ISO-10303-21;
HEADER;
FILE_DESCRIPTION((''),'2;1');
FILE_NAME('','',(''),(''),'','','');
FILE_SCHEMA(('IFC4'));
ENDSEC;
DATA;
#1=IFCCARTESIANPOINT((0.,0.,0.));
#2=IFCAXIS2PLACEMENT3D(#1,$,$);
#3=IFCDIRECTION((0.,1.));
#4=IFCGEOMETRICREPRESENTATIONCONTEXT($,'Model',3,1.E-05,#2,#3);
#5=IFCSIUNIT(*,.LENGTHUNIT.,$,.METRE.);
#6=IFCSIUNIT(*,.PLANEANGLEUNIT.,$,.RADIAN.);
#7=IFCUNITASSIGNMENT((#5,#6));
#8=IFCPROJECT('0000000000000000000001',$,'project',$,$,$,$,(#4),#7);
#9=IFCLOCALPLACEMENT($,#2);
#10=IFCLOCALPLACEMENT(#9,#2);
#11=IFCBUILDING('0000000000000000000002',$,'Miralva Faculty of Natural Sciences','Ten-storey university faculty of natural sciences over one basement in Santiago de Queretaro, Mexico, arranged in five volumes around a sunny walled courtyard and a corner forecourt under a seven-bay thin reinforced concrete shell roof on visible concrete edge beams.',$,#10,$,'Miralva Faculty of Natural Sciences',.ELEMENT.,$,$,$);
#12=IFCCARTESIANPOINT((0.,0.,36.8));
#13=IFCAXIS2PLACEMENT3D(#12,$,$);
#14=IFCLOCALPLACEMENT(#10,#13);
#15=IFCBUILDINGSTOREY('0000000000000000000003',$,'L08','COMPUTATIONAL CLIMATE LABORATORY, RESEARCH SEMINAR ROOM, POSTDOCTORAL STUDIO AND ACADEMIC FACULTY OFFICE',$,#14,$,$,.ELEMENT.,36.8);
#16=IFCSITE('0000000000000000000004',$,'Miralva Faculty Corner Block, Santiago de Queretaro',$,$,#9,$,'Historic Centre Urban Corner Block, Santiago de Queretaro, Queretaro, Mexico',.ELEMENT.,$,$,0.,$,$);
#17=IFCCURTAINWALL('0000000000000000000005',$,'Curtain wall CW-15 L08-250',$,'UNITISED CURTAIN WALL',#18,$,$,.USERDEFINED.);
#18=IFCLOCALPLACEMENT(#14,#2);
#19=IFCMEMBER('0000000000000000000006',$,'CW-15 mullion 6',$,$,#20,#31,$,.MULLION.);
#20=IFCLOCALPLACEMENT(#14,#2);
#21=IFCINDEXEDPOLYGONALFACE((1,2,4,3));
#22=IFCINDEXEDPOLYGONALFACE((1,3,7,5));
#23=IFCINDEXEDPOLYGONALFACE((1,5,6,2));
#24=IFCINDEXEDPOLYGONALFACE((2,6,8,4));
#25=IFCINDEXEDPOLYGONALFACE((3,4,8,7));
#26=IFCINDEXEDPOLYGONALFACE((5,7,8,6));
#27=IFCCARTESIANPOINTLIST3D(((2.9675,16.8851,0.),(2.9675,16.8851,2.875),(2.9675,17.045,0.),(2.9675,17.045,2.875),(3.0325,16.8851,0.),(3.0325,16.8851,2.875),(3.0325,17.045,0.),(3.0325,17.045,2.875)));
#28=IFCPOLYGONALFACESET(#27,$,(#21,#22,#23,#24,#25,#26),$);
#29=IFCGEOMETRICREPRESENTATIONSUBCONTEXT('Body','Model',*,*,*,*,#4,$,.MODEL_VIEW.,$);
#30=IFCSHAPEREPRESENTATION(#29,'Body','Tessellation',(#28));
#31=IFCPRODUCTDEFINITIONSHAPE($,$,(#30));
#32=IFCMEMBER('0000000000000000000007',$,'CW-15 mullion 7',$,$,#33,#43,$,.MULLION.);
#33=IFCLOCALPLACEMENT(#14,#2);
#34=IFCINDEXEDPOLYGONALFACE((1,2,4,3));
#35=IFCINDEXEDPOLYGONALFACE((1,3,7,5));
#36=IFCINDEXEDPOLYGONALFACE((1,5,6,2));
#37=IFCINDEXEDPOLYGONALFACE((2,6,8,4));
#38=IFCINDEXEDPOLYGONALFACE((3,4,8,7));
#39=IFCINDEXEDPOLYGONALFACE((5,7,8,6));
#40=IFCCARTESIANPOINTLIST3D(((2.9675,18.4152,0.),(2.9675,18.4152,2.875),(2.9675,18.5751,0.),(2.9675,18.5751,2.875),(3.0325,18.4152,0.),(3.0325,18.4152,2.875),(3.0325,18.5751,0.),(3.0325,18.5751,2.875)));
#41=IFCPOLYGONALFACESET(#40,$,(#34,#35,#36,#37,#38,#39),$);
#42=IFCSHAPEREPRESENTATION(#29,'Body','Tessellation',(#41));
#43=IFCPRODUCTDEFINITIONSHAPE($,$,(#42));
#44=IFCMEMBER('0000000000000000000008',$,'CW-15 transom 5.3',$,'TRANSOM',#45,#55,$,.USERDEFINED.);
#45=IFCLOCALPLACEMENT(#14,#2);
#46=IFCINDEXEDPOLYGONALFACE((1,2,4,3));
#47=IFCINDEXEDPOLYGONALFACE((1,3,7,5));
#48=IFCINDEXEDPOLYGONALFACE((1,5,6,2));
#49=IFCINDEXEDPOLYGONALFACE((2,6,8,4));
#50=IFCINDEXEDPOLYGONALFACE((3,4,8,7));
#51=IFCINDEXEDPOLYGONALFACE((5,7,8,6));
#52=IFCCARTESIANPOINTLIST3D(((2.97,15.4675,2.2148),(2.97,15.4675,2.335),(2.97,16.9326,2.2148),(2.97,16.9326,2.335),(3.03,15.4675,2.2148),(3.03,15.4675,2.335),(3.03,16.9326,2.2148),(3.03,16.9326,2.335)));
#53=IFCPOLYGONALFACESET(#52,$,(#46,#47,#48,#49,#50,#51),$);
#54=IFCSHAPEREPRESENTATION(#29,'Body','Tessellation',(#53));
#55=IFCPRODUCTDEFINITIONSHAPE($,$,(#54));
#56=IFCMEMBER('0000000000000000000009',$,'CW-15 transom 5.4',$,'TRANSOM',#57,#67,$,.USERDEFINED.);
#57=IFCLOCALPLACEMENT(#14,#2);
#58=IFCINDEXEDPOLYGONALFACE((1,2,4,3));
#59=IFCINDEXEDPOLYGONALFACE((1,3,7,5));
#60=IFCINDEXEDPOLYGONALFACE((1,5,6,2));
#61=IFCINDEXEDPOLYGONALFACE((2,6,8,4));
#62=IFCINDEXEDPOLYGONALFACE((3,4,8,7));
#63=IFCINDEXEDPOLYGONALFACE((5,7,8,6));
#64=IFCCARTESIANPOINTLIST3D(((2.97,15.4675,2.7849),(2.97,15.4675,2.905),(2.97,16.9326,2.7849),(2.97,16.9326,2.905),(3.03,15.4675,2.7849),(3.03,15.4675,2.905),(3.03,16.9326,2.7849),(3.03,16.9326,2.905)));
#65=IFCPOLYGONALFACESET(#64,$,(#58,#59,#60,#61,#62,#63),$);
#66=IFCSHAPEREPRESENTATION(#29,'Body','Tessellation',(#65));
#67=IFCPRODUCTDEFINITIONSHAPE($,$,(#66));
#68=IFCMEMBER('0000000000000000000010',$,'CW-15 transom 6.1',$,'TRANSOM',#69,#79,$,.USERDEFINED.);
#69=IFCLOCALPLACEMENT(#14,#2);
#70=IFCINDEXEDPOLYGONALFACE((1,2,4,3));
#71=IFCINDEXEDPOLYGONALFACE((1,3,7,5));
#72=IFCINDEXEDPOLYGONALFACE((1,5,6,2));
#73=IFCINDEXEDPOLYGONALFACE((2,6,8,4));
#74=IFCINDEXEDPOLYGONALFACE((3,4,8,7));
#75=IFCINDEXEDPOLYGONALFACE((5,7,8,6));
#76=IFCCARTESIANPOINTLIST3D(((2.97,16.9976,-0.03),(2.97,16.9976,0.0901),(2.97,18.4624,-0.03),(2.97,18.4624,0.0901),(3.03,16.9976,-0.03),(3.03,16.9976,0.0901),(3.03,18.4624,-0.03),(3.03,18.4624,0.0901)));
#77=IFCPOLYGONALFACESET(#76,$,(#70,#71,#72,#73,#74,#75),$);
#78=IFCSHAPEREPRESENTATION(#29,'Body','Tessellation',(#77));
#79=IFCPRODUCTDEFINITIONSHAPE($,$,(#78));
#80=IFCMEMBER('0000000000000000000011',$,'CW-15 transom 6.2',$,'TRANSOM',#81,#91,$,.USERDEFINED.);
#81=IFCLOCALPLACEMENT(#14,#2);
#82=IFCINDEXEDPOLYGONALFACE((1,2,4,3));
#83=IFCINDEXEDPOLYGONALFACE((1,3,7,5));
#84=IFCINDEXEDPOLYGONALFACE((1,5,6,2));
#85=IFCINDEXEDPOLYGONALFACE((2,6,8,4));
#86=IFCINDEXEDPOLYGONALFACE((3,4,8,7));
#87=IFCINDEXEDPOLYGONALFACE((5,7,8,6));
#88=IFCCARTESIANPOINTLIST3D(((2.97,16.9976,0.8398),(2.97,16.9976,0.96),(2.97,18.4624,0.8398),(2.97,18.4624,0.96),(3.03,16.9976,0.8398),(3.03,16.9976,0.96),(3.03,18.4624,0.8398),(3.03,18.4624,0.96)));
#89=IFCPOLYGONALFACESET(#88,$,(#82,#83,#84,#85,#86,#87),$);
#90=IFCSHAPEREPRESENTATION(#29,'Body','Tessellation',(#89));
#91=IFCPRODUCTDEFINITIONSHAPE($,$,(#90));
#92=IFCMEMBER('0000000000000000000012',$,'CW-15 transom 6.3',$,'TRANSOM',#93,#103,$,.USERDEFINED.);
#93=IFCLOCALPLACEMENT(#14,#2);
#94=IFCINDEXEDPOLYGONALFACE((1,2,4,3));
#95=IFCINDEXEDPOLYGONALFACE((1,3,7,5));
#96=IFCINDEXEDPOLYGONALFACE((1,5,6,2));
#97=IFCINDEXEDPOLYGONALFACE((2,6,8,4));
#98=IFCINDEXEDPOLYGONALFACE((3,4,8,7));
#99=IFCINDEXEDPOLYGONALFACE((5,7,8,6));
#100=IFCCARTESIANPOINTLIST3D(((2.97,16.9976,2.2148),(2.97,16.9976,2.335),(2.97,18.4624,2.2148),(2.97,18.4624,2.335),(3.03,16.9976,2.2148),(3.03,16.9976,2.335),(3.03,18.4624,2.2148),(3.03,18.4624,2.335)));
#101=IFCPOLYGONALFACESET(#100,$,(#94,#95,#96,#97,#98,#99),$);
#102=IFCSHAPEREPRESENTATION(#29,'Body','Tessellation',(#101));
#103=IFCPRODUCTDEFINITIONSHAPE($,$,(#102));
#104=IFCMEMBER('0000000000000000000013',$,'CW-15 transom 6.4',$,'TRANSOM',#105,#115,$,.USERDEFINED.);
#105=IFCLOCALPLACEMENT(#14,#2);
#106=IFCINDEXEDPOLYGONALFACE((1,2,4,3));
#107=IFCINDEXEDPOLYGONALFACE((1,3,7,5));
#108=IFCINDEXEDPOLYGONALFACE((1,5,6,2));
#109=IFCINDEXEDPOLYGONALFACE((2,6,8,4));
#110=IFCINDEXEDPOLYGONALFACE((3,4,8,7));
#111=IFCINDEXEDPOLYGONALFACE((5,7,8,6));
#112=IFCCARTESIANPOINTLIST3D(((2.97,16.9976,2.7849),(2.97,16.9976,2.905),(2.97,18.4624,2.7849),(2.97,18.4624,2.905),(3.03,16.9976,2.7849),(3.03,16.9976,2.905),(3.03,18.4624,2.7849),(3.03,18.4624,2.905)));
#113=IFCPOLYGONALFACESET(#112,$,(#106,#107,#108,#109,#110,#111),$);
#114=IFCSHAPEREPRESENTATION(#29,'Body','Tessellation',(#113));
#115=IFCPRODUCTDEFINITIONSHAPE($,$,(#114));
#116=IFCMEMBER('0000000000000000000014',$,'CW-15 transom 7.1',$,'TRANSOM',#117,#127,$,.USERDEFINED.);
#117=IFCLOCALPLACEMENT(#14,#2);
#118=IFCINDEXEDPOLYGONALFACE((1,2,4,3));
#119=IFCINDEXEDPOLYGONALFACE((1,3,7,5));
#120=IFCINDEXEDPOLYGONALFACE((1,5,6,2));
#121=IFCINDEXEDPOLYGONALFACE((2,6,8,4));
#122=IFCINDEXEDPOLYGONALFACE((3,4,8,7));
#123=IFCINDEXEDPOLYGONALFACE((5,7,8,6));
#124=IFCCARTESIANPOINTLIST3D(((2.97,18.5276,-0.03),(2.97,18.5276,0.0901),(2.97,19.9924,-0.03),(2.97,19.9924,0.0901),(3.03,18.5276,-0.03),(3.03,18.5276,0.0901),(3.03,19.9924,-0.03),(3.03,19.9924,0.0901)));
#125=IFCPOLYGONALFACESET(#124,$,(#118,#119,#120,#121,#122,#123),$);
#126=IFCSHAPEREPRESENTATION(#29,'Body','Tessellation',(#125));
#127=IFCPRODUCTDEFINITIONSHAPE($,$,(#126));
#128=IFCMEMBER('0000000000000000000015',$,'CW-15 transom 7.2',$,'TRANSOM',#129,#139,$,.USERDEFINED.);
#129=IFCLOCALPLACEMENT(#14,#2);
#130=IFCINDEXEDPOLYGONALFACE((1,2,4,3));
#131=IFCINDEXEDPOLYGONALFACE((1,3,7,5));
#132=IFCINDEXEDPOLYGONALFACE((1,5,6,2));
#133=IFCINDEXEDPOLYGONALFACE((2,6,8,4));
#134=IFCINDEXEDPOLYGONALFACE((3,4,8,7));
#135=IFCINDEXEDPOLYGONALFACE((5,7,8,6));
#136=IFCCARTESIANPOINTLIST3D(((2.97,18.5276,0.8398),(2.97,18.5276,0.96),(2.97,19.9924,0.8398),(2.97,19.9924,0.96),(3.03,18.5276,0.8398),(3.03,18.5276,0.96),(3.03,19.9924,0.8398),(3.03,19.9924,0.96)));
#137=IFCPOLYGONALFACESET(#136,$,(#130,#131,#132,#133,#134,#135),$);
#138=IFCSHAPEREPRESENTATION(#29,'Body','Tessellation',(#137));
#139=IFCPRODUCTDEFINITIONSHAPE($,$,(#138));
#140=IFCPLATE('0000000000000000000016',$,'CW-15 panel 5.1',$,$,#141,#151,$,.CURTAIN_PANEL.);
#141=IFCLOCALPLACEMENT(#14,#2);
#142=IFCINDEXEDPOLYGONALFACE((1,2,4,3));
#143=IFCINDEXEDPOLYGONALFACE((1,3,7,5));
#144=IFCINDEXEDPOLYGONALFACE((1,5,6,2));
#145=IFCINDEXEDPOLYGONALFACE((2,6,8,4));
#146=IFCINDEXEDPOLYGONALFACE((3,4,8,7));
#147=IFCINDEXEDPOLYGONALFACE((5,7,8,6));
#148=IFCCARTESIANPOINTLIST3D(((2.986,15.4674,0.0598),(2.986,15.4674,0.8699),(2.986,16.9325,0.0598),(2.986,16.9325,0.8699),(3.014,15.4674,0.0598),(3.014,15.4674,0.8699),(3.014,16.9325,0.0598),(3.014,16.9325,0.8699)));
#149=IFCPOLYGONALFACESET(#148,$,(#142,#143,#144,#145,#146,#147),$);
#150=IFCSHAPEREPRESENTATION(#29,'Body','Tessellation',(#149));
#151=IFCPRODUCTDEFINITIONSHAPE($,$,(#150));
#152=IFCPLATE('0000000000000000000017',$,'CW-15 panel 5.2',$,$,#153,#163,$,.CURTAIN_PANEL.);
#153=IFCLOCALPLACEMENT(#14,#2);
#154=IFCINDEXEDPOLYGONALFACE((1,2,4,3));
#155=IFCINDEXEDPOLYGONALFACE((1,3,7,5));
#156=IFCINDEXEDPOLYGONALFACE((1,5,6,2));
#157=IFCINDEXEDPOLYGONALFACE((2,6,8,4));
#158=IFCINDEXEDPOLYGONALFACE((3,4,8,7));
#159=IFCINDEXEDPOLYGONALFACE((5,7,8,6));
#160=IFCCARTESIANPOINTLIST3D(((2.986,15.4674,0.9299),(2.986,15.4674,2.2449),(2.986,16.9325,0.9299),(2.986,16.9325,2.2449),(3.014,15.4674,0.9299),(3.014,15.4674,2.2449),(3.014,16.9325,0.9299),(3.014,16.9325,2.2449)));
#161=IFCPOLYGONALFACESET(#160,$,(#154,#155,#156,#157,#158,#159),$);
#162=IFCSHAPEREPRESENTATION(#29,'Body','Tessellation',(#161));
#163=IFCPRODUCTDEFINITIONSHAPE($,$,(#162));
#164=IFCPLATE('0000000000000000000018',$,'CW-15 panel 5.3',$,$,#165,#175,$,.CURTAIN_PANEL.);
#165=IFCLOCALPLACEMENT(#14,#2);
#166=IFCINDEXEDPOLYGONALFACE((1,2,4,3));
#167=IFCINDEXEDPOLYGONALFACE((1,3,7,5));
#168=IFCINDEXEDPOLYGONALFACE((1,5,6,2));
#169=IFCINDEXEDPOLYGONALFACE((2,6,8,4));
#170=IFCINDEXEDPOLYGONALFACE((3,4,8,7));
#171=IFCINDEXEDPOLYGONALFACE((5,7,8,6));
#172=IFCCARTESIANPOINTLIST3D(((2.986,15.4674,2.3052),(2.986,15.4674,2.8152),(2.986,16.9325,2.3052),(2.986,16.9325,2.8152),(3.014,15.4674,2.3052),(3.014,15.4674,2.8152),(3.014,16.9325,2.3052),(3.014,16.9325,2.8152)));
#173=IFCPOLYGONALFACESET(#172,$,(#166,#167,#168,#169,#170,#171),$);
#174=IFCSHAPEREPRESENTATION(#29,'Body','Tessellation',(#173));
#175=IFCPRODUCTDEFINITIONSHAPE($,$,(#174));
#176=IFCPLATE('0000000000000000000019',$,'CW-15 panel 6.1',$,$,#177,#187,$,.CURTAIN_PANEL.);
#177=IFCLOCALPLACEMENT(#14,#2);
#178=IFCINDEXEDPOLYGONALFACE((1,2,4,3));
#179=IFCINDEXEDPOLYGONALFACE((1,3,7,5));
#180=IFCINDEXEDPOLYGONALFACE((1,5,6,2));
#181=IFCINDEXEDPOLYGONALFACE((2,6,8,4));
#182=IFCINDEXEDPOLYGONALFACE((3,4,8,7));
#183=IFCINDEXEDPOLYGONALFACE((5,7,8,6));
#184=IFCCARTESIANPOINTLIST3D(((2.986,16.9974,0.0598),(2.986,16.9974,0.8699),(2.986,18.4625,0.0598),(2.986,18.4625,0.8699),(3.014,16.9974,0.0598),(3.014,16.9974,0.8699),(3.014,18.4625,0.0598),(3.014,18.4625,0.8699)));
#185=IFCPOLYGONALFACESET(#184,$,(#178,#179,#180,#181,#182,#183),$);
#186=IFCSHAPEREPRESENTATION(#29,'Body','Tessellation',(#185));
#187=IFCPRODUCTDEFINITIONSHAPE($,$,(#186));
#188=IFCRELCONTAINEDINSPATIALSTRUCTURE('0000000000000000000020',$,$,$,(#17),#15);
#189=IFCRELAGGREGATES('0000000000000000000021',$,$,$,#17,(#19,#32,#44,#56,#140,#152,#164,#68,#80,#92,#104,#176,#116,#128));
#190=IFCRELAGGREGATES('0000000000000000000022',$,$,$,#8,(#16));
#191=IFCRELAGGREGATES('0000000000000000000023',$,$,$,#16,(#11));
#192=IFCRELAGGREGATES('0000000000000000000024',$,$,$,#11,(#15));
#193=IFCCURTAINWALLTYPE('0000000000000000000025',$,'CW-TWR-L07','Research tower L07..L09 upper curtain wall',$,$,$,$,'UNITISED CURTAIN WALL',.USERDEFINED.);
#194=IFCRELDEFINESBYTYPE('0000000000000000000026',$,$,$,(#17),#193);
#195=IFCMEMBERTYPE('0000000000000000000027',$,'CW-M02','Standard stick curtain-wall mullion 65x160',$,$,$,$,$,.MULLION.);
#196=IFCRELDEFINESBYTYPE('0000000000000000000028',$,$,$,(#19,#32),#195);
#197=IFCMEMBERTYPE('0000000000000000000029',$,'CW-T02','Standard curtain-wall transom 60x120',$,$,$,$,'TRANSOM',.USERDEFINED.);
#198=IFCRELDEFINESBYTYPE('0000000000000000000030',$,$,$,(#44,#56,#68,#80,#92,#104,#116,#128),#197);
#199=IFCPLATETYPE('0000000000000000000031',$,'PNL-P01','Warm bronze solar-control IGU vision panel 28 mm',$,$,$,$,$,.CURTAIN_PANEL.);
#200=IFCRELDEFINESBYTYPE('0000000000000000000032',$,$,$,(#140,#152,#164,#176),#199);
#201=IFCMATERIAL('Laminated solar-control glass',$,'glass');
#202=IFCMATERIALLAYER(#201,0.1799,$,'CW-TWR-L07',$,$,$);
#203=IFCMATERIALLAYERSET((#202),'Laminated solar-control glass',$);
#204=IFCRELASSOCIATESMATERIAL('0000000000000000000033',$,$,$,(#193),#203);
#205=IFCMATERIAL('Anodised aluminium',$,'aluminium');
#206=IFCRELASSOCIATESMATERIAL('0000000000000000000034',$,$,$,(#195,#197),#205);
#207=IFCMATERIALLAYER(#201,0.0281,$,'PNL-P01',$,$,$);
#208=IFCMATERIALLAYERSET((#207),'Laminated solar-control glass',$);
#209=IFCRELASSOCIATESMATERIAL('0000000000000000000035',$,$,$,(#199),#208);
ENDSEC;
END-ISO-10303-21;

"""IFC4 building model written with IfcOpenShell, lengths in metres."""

from ifc_helpers import new_model, si_unit, direction, frame, origin, origin_2d, place, context, subcontext, project, spatial, rectangle, extrude, material, layer, layer_set, material_profile, profile_set, type_object, element, aggregate, save


model = new_model("IFC4")

# Units and contexts
model_context = context("Model", 3, precision=1e-05, world=origin(), true_north=direction((0.0, 1.0)))
body_context = subcontext(model_context, "Body", "Model", "MODEL_VIEW")
ifc_project = project(units=[si_unit("LENGTHUNIT", "METRE"), si_unit("PLANEANGLEUNIT", "RADIAN")], contexts=[model_context])

# Site, building, storey
site_placement = place(None, origin())
site = spatial("IfcSite", under=ifc_project, at=site_placement, Name="Miralva Faculty Corner Block, Santiago de Queretaro", LongName="Historic Centre Urban Corner Block, Santiago de Queretaro, Queretaro, Mexico", CompositionType="ELEMENT", RefElevation=0.0)
building_placement = place(site_placement, origin())
building = spatial("IfcBuilding", under=site, at=building_placement, Name="Miralva Faculty of Natural Sciences", Description="Ten-storey university faculty of natural sciences over one basement in Santiago de Queretaro, Mexico, arranged in five volumes around a sunny walled courtyard and a corner forecourt under a seven-bay thin reinforced concrete shell roof on visible concrete edge beams.", LongName="Miralva Faculty of Natural Sciences", CompositionType="ELEMENT")
storey_placement = place(building_placement, frame((0.0, 0.0, 36.8)))
storey = spatial("IfcBuildingStorey", under=building, at=storey_placement, Name="L08", Description="COMPUTATIONAL CLIMATE LABORATORY, RESEARCH SEMINAR ROOM, POSTDOCTORAL STUDIO AND ACADEMIC FACULTY OFFICE", CompositionType="ELEMENT", Elevation=36.8)

# Curtain wall, members, plates
ifc_material_1 = material(Name="Laminated solar-control glass", Category="glass")
ifc_layer_1 = layer(ifc_material_1, 0.1799, Name="CW-TWR-L07")
ifc_layer_set_1 = layer_set([ifc_layer_1], Name="Laminated solar-control glass")
curtain_wall_type = type_object("IfcCurtainWallType", Name="CW-TWR-L07", Description="Research tower L07..L09 upper curtain wall", ElementType="UNITISED CURTAIN WALL", PredefinedType="USERDEFINED", material=ifc_layer_set_1)
curtain_wall_placement = place(storey_placement, origin())
curtain_wall = element("IfcCurtainWall", 1, at=curtain_wall_placement, inside=storey, type_object=curtain_wall_type, Name="Curtain wall CW-15 L08-250", ObjectType="UNITISED CURTAIN WALL", PredefinedType="USERDEFINED")
ifc_material_2 = material(Name="Anodised aluminium", Category="aluminium")
ifc_material_profile_1 = material_profile(ifc_material_2, rectangle(XDim=0.0649, YDim=0.1599, at=origin_2d()), Name="MULLION 65x160")
ifc_profile_set_1 = profile_set([ifc_material_profile_1], Name="Anodised aluminium")
member_type_1 = type_object("IfcMemberType", Name="CW-M02", Description="Standard stick curtain-wall mullion 65x160", PredefinedType="MULLION", material=ifc_profile_set_1)
member_1_placement = place(storey_placement, frame((3.0, 16.9651, 0.0), z_axis=(0.0, 0.0, 1.0), x_axis=(-1.0, 0.0, 0.0)))
member_1 = element("IfcMember", 2, at=member_1_placement, type_object=member_type_1, Name="CW-15 mullion 6", PredefinedType="MULLION", context=body_context, shape_type="SweptSolid", body=[
    extrude(rectangle(XDim=0.0649, YDim=0.1599, at=origin_2d()), origin(), (0.0, 0.0, 1.0), 2.875),
])
member_2_placement = place(storey_placement, frame((3.0, 18.4951, 0.0), z_axis=(0.0, 0.0, 1.0), x_axis=(-1.0, 0.0, 0.0)))
member_2 = element("IfcMember", 3, at=member_2_placement, type_object=member_type_1, Name="CW-15 mullion 7", PredefinedType="MULLION", context=body_context, shape_type="SweptSolid", body=[
    extrude(rectangle(XDim=0.0649, YDim=0.1599, at=origin_2d()), origin(), (0.0, 0.0, 1.0), 2.875),
])
ifc_material_profile_2 = material_profile(ifc_material_2, rectangle(XDim=0.0601, YDim=0.1201, at=origin_2d()), Name="TRANSOM 60x120")
ifc_profile_set_2 = profile_set([ifc_material_profile_2], Name="Anodised aluminium")
member_type_2 = type_object("IfcMemberType", Name="CW-T02", Description="Standard curtain-wall transom 60x120", ElementType="TRANSOM", PredefinedType="USERDEFINED", material=ifc_profile_set_2)
member_3_placement = place(storey_placement, frame((3.0, 15.4675, 2.2749), z_axis=(0.0, 1.0, 0.0), x_axis=(-1.0, 0.0, 0.0)))
member_3 = element("IfcMember", 4, at=member_3_placement, type_object=member_type_2, Name="CW-15 transom 5.3", ObjectType="TRANSOM", PredefinedType="USERDEFINED", context=body_context, shape_type="SweptSolid", body=[
    extrude(rectangle(XDim=0.0601, YDim=0.1201, at=origin_2d()), origin(), (0.0, 0.0, 1.0), 1.4651),
])
member_4_placement = place(storey_placement, frame((3.0, 15.4675, 2.845), z_axis=(0.0, 1.0, 0.0), x_axis=(-1.0, 0.0, 0.0)))
member_4 = element("IfcMember", 5, at=member_4_placement, type_object=member_type_2, Name="CW-15 transom 5.4", ObjectType="TRANSOM", PredefinedType="USERDEFINED", context=body_context, shape_type="SweptSolid", body=[
    extrude(rectangle(XDim=0.0601, YDim=0.1201, at=origin_2d()), origin(), (0.0, 0.0, 1.0), 1.4651),
])
member_5_placement = place(storey_placement, frame((3.0, 16.9976, 0.03), z_axis=(0.0, 1.0, 0.0), x_axis=(-1.0, 0.0, 0.0)))
member_5 = element("IfcMember", 6, at=member_5_placement, type_object=member_type_2, Name="CW-15 transom 6.1", ObjectType="TRANSOM", PredefinedType="USERDEFINED", context=body_context, shape_type="SweptSolid", body=[
    extrude(rectangle(XDim=0.0601, YDim=0.1201, at=origin_2d()), origin(), (0.0, 0.0, 1.0), 1.4648),
])
member_6_placement = place(storey_placement, frame((3.0, 16.9976, 0.8999), z_axis=(0.0, 1.0, 0.0), x_axis=(-1.0, 0.0, 0.0)))
member_6 = element("IfcMember", 7, at=member_6_placement, type_object=member_type_2, Name="CW-15 transom 6.2", ObjectType="TRANSOM", PredefinedType="USERDEFINED", context=body_context, shape_type="SweptSolid", body=[
    extrude(rectangle(XDim=0.0601, YDim=0.1201, at=origin_2d()), origin(), (0.0, 0.0, 1.0), 1.4648),
])
member_7_placement = place(storey_placement, frame((3.0, 16.9976, 2.2749), z_axis=(0.0, 1.0, 0.0), x_axis=(-1.0, 0.0, 0.0)))
member_7 = element("IfcMember", 8, at=member_7_placement, type_object=member_type_2, Name="CW-15 transom 6.3", ObjectType="TRANSOM", PredefinedType="USERDEFINED", context=body_context, shape_type="SweptSolid", body=[
    extrude(rectangle(XDim=0.0601, YDim=0.1201, at=origin_2d()), origin(), (0.0, 0.0, 1.0), 1.4648),
])
member_8_placement = place(storey_placement, frame((3.0, 16.9976, 2.845), z_axis=(0.0, 1.0, 0.0), x_axis=(-1.0, 0.0, 0.0)))
member_8 = element("IfcMember", 9, at=member_8_placement, type_object=member_type_2, Name="CW-15 transom 6.4", ObjectType="TRANSOM", PredefinedType="USERDEFINED", context=body_context, shape_type="SweptSolid", body=[
    extrude(rectangle(XDim=0.0601, YDim=0.1201, at=origin_2d()), origin(), (0.0, 0.0, 1.0), 1.4648),
])
member_9_placement = place(storey_placement, frame((3.0, 18.5276, 0.03), z_axis=(0.0, 1.0, 0.0), x_axis=(-1.0, 0.0, 0.0)))
member_9 = element("IfcMember", 10, at=member_9_placement, type_object=member_type_2, Name="CW-15 transom 7.1", ObjectType="TRANSOM", PredefinedType="USERDEFINED", context=body_context, shape_type="SweptSolid", body=[
    extrude(rectangle(XDim=0.0601, YDim=0.1201, at=origin_2d()), origin(), (0.0, 0.0, 1.0), 1.4648),
])
member_10_placement = place(storey_placement, frame((3.0, 18.5276, 0.8999), z_axis=(0.0, 1.0, 0.0), x_axis=(-1.0, 0.0, 0.0)))
member_10 = element("IfcMember", 11, at=member_10_placement, type_object=member_type_2, Name="CW-15 transom 7.2", ObjectType="TRANSOM", PredefinedType="USERDEFINED", context=body_context, shape_type="SweptSolid", body=[
    extrude(rectangle(XDim=0.0601, YDim=0.1201, at=origin_2d()), origin(), (0.0, 0.0, 1.0), 1.4648),
])
ifc_layer_2 = layer(ifc_material_1, 0.0281, Name="PNL-P01")
ifc_layer_set_2 = layer_set([ifc_layer_2], Name="Laminated solar-control glass")
plate_type = type_object("IfcPlateType", Name="PNL-P01", Description="Warm bronze solar-control IGU vision panel 28 mm", PredefinedType="CURTAIN_PANEL", material=ifc_layer_set_2)
plate_1_placement = place(storey_placement, frame((3.0, 16.2, 0.0598), z_axis=(0.0, 0.0, 1.0), x_axis=(0.0, 1.0, 0.0)))
plate_1 = element("IfcPlate", 12, at=plate_1_placement, type_object=plate_type, Name="CW-15 panel 5.1", PredefinedType="CURTAIN_PANEL", context=body_context, shape_type="SweptSolid", body=[
    extrude(rectangle(XDim=1.4651, YDim=0.0281, at=origin_2d()), origin(), (0.0, 0.0, 1.0), 0.8101),
])
plate_2_placement = place(storey_placement, frame((3.0, 16.2, 0.9299), z_axis=(0.0, 0.0, 1.0), x_axis=(0.0, 1.0, 0.0)))
plate_2 = element("IfcPlate", 13, at=plate_2_placement, type_object=plate_type, Name="CW-15 panel 5.2", PredefinedType="CURTAIN_PANEL", context=body_context, shape_type="SweptSolid", body=[
    extrude(rectangle(XDim=1.4651, YDim=0.0281, at=origin_2d()), origin(), (0.0, 0.0, 1.0), 1.3149),
])
plate_3_placement = place(storey_placement, frame((3.0, 16.2, 2.3052), z_axis=(0.0, 0.0, 1.0), x_axis=(0.0, 1.0, 0.0)))
plate_3 = element("IfcPlate", 14, at=plate_3_placement, type_object=plate_type, Name="CW-15 panel 5.3", PredefinedType="CURTAIN_PANEL", context=body_context, shape_type="SweptSolid", body=[
    extrude(rectangle(XDim=1.4651, YDim=0.0281, at=origin_2d()), origin(), (0.0, 0.0, 1.0), 0.51),
])
plate_4_placement = place(storey_placement, frame((3.0, 17.73, 0.0598), z_axis=(0.0, 0.0, 1.0), x_axis=(0.0, 1.0, 0.0)))
plate_4 = element("IfcPlate", 15, at=plate_4_placement, type_object=plate_type, Name="CW-15 panel 6.1", PredefinedType="CURTAIN_PANEL", context=body_context, shape_type="SweptSolid", body=[
    extrude(rectangle(XDim=1.4651, YDim=0.0281, at=origin_2d()), origin(), (0.0, 0.0, 1.0), 0.8101),
])
aggregate(curtain_wall, [member_1, member_2, member_3, member_4, plate_1, plate_2, plate_3, member_5, member_6, member_7, member_8, plate_4, member_9, member_10])

save(model, "model.ifc")
